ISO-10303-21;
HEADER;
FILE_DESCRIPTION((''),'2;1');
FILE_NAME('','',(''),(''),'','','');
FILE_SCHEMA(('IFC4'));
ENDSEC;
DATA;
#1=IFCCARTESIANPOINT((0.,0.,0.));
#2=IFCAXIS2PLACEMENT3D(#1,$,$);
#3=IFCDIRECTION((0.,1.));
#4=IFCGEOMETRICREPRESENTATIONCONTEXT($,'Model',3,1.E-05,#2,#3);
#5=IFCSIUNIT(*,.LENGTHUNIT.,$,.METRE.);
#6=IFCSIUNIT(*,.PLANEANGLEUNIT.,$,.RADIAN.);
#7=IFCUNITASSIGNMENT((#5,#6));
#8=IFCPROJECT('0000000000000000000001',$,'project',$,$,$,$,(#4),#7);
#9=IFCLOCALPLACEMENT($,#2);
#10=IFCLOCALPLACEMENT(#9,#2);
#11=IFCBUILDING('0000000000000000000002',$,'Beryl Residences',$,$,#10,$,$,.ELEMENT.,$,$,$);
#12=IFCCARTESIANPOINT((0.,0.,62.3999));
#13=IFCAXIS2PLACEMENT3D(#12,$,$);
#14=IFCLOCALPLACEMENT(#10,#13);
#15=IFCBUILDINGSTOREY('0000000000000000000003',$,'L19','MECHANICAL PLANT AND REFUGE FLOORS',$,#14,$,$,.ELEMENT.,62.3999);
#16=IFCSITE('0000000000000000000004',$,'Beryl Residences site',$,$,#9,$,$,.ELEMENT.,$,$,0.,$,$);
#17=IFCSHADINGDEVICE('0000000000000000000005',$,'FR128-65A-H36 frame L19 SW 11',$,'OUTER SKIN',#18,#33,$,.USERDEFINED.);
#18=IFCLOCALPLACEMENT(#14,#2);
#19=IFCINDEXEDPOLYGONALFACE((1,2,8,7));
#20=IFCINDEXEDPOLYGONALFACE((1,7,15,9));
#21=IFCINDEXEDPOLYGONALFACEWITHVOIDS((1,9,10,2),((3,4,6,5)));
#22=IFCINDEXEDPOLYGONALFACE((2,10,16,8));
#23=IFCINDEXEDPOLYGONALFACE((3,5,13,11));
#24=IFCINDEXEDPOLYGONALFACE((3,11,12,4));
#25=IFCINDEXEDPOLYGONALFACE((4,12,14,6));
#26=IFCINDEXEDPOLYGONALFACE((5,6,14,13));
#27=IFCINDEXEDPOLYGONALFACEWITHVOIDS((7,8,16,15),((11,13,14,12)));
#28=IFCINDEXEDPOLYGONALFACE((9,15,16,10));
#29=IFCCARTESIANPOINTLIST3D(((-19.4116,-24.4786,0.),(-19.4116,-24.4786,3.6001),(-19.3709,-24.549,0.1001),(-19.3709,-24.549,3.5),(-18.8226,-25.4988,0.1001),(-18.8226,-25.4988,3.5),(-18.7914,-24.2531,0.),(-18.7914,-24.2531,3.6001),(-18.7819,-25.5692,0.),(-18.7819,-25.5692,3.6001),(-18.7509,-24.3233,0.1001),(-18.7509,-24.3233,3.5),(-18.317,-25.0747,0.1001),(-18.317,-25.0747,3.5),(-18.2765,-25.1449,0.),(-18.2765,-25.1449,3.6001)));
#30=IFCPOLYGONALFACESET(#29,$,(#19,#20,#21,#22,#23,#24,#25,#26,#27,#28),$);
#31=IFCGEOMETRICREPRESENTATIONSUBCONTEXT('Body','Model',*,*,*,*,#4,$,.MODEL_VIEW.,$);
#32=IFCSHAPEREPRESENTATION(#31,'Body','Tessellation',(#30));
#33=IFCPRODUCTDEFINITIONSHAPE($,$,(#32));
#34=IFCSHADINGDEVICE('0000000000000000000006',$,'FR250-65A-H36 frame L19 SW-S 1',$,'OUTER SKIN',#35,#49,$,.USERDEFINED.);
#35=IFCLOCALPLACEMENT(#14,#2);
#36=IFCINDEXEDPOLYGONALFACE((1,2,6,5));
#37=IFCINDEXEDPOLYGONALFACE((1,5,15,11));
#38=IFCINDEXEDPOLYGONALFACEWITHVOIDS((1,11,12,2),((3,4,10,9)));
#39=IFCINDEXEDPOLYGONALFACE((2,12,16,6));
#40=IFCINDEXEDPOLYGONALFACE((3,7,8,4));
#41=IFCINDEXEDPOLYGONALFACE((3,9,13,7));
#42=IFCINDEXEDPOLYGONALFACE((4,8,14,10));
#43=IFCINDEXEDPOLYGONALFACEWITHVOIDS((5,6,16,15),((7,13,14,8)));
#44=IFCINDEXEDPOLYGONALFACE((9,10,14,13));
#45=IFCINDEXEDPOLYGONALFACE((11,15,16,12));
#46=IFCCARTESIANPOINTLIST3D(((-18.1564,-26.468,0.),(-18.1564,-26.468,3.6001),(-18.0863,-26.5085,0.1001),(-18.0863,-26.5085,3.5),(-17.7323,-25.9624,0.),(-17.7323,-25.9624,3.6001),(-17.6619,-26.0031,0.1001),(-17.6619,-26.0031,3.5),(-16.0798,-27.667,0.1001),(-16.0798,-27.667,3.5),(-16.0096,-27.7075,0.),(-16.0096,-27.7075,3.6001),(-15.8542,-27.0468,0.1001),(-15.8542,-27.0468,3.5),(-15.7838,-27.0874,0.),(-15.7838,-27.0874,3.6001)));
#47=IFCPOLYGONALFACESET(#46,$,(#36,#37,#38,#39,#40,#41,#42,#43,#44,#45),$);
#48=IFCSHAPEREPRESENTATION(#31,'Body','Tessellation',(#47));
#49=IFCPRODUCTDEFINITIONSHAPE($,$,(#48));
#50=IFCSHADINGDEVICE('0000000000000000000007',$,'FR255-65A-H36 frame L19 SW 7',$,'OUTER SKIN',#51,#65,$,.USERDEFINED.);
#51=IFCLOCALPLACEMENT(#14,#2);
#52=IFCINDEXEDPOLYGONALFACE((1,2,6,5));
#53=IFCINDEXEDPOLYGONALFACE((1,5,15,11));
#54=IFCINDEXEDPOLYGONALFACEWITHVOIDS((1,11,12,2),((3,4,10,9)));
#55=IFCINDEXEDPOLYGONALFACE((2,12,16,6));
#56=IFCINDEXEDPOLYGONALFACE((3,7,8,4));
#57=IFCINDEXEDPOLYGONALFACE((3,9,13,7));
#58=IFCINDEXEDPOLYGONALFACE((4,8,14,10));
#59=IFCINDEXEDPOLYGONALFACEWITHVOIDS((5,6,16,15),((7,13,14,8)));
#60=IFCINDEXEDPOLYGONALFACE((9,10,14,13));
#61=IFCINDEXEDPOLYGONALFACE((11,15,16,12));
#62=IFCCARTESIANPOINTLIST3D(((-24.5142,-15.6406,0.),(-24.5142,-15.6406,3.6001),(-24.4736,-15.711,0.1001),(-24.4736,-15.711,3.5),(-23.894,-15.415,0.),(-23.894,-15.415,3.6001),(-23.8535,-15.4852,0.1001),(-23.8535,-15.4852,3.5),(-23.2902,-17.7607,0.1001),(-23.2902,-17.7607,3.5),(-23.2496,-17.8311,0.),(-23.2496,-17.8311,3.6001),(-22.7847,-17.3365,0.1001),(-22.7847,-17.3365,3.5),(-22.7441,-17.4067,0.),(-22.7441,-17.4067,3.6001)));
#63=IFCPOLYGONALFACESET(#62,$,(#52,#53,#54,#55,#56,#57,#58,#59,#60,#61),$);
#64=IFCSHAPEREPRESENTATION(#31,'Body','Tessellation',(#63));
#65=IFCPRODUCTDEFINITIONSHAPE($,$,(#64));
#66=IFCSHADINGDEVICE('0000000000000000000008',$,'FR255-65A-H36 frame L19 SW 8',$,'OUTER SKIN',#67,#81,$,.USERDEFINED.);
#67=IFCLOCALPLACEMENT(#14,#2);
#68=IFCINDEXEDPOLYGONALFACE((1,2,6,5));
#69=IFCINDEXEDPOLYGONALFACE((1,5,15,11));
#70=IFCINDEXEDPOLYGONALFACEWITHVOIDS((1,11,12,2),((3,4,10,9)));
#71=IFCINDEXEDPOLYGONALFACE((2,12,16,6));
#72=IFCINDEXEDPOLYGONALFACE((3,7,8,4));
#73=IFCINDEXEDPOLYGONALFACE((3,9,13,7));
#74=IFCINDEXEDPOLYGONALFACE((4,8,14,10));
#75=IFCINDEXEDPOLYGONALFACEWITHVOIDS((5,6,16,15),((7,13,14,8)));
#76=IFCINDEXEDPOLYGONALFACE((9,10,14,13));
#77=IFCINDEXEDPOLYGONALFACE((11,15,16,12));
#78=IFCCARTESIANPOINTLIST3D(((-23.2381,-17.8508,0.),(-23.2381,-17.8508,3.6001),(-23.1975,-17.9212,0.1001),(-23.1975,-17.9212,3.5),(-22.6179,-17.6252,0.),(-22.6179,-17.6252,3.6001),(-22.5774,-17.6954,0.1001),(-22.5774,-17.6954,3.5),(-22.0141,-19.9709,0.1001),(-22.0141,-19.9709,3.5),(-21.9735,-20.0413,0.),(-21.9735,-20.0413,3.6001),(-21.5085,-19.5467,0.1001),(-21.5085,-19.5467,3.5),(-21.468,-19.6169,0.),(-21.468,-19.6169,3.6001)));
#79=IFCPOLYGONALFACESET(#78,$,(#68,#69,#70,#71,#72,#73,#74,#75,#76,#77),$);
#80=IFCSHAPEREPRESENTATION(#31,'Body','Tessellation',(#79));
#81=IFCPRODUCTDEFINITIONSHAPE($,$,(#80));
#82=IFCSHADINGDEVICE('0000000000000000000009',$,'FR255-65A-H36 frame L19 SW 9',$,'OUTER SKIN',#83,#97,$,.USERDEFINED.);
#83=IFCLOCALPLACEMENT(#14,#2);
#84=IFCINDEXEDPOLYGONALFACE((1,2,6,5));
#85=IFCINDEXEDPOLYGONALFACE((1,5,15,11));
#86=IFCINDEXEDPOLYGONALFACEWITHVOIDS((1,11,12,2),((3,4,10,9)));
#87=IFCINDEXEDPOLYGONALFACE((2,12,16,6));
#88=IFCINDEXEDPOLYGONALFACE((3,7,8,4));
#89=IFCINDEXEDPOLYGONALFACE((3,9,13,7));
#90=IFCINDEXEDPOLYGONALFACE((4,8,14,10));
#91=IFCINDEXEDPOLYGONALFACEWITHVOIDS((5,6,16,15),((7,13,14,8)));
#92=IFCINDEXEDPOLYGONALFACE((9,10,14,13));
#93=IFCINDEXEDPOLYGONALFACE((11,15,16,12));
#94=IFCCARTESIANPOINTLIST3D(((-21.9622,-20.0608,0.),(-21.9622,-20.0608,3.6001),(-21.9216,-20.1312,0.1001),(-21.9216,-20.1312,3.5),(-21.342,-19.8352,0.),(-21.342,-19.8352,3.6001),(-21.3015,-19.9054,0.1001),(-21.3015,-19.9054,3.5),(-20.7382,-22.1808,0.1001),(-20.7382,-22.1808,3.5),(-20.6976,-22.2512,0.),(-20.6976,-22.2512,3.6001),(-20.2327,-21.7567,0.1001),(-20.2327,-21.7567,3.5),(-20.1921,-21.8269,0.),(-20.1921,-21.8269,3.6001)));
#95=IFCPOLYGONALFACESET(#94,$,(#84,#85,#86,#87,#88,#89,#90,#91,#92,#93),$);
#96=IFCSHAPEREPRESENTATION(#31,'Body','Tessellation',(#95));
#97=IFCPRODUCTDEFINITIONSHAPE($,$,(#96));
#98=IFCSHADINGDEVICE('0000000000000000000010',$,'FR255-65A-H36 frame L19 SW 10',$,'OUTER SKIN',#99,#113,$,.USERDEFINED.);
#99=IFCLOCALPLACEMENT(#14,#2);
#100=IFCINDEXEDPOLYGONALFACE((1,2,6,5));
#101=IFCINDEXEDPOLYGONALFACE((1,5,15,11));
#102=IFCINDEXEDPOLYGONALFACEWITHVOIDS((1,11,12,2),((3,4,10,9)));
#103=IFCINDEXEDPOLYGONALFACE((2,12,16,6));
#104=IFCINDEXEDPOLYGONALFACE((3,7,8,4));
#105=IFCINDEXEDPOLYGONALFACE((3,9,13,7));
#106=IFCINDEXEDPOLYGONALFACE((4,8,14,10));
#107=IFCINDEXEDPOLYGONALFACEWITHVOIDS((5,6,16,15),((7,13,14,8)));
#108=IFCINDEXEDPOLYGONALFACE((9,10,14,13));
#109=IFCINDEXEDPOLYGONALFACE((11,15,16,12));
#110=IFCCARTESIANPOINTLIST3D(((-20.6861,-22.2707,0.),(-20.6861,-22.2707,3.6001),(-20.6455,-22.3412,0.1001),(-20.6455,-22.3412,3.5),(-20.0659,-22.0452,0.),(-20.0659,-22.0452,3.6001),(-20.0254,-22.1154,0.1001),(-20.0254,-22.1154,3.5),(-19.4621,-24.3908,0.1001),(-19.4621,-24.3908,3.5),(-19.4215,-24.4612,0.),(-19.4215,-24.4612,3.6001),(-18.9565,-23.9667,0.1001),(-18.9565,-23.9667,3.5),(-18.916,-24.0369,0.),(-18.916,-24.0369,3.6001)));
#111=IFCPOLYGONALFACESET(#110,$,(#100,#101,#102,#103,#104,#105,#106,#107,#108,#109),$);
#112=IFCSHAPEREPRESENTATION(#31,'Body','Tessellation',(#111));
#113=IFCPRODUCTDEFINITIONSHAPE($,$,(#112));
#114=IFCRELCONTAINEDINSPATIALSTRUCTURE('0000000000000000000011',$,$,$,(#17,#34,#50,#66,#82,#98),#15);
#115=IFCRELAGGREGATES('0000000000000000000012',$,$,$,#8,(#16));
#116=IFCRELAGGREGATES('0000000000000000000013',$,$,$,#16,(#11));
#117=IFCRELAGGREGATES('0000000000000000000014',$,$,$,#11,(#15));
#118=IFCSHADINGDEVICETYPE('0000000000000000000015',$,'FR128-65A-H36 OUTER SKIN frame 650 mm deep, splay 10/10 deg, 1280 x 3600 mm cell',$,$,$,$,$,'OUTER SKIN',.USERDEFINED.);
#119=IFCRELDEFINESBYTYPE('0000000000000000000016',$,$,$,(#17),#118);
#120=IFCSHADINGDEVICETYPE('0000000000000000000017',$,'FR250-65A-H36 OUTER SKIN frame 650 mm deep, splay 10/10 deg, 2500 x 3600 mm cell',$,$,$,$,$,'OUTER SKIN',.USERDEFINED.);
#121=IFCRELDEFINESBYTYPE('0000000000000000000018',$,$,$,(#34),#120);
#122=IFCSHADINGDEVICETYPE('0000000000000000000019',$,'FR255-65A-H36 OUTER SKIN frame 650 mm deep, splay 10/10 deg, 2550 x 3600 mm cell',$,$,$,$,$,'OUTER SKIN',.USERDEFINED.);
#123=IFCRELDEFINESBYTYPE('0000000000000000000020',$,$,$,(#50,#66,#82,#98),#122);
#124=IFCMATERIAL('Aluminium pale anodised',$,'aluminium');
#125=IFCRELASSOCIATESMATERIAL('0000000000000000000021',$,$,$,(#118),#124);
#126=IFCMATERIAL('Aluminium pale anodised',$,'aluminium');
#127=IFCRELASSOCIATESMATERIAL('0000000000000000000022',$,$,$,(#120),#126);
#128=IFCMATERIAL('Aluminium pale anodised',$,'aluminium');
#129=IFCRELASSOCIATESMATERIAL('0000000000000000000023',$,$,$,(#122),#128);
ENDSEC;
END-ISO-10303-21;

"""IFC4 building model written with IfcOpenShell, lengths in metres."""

from ifc_helpers import new_model, entity, si_unit, direction, frame, origin, place, context, subcontext, project, spatial, source, transform, mapped, material, type_object, type_shapes, element, save


model = new_model("IFC4")

# Units and contexts
model_context = context("Model", 3, precision=1e-05, world=origin(), true_north=direction((0.0, 1.0)))
body_context = subcontext(model_context, "Body", "Model", "MODEL_VIEW")
ifc_project = project(units=[si_unit("LENGTHUNIT", "METRE"), si_unit("PLANEANGLEUNIT", "RADIAN")], contexts=[model_context])

# Site, building, storey
site_placement = place(None, origin())
site = spatial("IfcSite", under=ifc_project, at=site_placement, Name="Beryl Residences site", CompositionType="ELEMENT", RefElevation=0.0)
building_placement = place(site_placement, origin())
building = spatial("IfcBuilding", under=site, at=building_placement, Name="Beryl Residences", CompositionType="ELEMENT")
storey_placement = place(building_placement, frame((0.0, 0.0, 62.3999)))
storey = spatial("IfcBuildingStorey", under=building, at=storey_placement, Name="L19", Description="MECHANICAL PLANT AND REFUGE FLOORS", CompositionType="ELEMENT", Elevation=62.3999)

# Shading devices
ifc_material_1 = material(Name="Aluminium pale anodised", Category="aluminium")
shading_device_type_1 = type_object("IfcShadingDeviceType", Name="FR128-65A-H36 OUTER SKIN frame 650 mm deep, splay 10/10 deg, 1280 x 3600 mm cell", ElementType="OUTER SKIN", PredefinedType="USERDEFINED", material=ifc_material_1)
cartesian_point_1 = entity("IfcCartesianPoint", [-0.5149, 0.0])
cartesian_point_2 = entity("IfcCartesianPoint", [-0.4338, 0.1001])
cartesian_point_3 = entity("IfcCartesianPoint", [-0.6296, 0.0])
cartesian_point_4 = entity("IfcCartesianPoint", [-0.5483, 0.1001])
shared_shape_1 = source(origin(), body_context, "Body", "SweptSolid", [
    entity("IfcExtrudedAreaSolidTapered", entity("IfcArbitraryProfileDefWithVoids", "AREA", None, entity("IfcPolyline", [cartesian_point_1, entity("IfcCartesianPoint", [0.5149, 0.0]), entity("IfcCartesianPoint", [0.5149, 3.6001]), entity("IfcCartesianPoint", [-0.5149, 3.6001]), cartesian_point_1]), [entity("IfcPolyline", [cartesian_point_2, entity("IfcCartesianPoint", [0.4338, 0.1001]), entity("IfcCartesianPoint", [0.4338, 3.5]), entity("IfcCartesianPoint", [-0.4338, 3.5]), cartesian_point_2])]), entity("IfcAxis2Placement3D", entity("IfcCartesianPoint", [0.0, 0.0, 0.0]), entity("IfcDirection", [0.0, 1.0, 0.0]), entity("IfcDirection", [-1.0, 0.0, 0.0])), entity("IfcDirection", [0.0, 0.0, 1.0]), 0.6499, entity("IfcArbitraryProfileDefWithVoids", "AREA", None, entity("IfcPolyline", [cartesian_point_3, entity("IfcCartesianPoint", [0.6296, 0.0]), entity("IfcCartesianPoint", [0.6296, 3.6001]), entity("IfcCartesianPoint", [-0.6296, 3.6001]), cartesian_point_3]), [entity("IfcPolyline", [cartesian_point_4, entity("IfcCartesianPoint", [0.5483, 0.1001]), entity("IfcCartesianPoint", [0.5483, 3.5]), entity("IfcCartesianPoint", [-0.5483, 3.5]), cartesian_point_4])])),
])
type_shapes(shading_device_type_1, [shared_shape_1])
shading_device_1_placement = place(storey_placement, frame((-18.5339, -24.699, 0.0), z_axis=(0.0, 0.0, 1.0), x_axis=(-0.5, 0.866025, 0.0)))
element("IfcShadingDevice", 1, at=shading_device_1_placement, inside=storey, type_object=shading_device_type_1, Name="FR128-65A-H36 frame L19 SW 11", ObjectType="OUTER SKIN", PredefinedType="USERDEFINED", context=body_context, shape_type="MappedRepresentation", body=[
    mapped(shared_shape_1, transform((0.0, 0.0, 0.0))),
])
ifc_material_2 = material(Name="Aluminium pale anodised", Category="aluminium")
shading_device_type_2 = type_object("IfcShadingDeviceType", Name="FR250-65A-H36 OUTER SKIN frame 650 mm deep, splay 10/10 deg, 2500 x 3600 mm cell", ElementType="OUTER SKIN", PredefinedType="USERDEFINED", material=ifc_material_2)
cartesian_point_5 = entity("IfcCartesianPoint", [-1.125, 0.0])
cartesian_point_6 = entity("IfcCartesianPoint", [-1.0437, 0.1001])
cartesian_point_7 = entity("IfcCartesianPoint", [-1.2395, 0.0])
cartesian_point_8 = entity("IfcCartesianPoint", [-1.1584, 0.1001])
shared_shape_2 = source(origin(), body_context, "Body", "SweptSolid", [
    entity("IfcExtrudedAreaSolidTapered", entity("IfcArbitraryProfileDefWithVoids", "AREA", None, entity("IfcPolyline", [cartesian_point_5, entity("IfcCartesianPoint", [1.125, 0.0]), entity("IfcCartesianPoint", [1.125, 3.6001]), entity("IfcCartesianPoint", [-1.125, 3.6001]), cartesian_point_5]), [entity("IfcPolyline", [cartesian_point_6, entity("IfcCartesianPoint", [1.0437, 0.1001]), entity("IfcCartesianPoint", [1.0437, 3.5]), entity("IfcCartesianPoint", [-1.0437, 3.5]), cartesian_point_6])]), entity("IfcAxis2Placement3D", entity("IfcCartesianPoint", [0.0, 0.0, 0.0]), entity("IfcDirection", [0.0, 1.0, 0.0]), entity("IfcDirection", [-1.0, 0.0, 0.0])), entity("IfcDirection", [0.0, 0.0, 1.0]), 0.6499, entity("IfcArbitraryProfileDefWithVoids", "AREA", None, entity("IfcPolyline", [cartesian_point_7, entity("IfcCartesianPoint", [1.2395, 0.0]), entity("IfcCartesianPoint", [1.2395, 3.6001]), entity("IfcCartesianPoint", [-1.2395, 3.6001]), cartesian_point_7]), [entity("IfcPolyline", [cartesian_point_8, entity("IfcCartesianPoint", [1.1584, 0.1001]), entity("IfcCartesianPoint", [1.1584, 3.5]), entity("IfcCartesianPoint", [-1.1584, 3.5]), cartesian_point_8])])),
])
type_shapes(shading_device_type_2, [shared_shape_2])
shading_device_2_placement = place(storey_placement, frame((-16.7581, -26.5249, 0.0), z_axis=(0.0, 0.0, 1.0), x_axis=(-0.866025, 0.5, 0.0)))
element("IfcShadingDevice", 2, at=shading_device_2_placement, inside=storey, type_object=shading_device_type_2, Name="FR250-65A-H36 frame L19 SW-S 1", ObjectType="OUTER SKIN", PredefinedType="USERDEFINED", context=body_context, shape_type="MappedRepresentation", body=[
    mapped(shared_shape_2, transform((0.0, 0.0, 0.0))),
])
ifc_material_3 = material(Name="Aluminium pale anodised", Category="aluminium")
shading_device_type_3 = type_object("IfcShadingDeviceType", Name="FR255-65A-H36 OUTER SKIN frame 650 mm deep, splay 10/10 deg, 2550 x 3600 mm cell", ElementType="OUTER SKIN", PredefinedType="USERDEFINED", material=ifc_material_3)
cartesian_point_9 = entity("IfcCartesianPoint", [-1.1499, 0.0])
cartesian_point_10 = entity("IfcCartesianPoint", [-1.0688, 0.1001])
cartesian_point_11 = entity("IfcCartesianPoint", [-1.2646, 0.0])
cartesian_point_12 = entity("IfcCartesianPoint", [-1.1833, 0.1001])
shared_shape_3 = source(origin(), body_context, "Body", "SweptSolid", [
    entity("IfcExtrudedAreaSolidTapered", entity("IfcArbitraryProfileDefWithVoids", "AREA", None, entity("IfcPolyline", [cartesian_point_9, entity("IfcCartesianPoint", [1.1499, 0.0]), entity("IfcCartesianPoint", [1.1499, 3.6001]), entity("IfcCartesianPoint", [-1.1499, 3.6001]), cartesian_point_9]), [entity("IfcPolyline", [cartesian_point_10, entity("IfcCartesianPoint", [1.0688, 0.1001]), entity("IfcCartesianPoint", [1.0688, 3.5]), entity("IfcCartesianPoint", [-1.0688, 3.5]), cartesian_point_10])]), entity("IfcAxis2Placement3D", entity("IfcCartesianPoint", [0.0, 0.0, 0.0]), entity("IfcDirection", [0.0, 1.0, 0.0]), entity("IfcDirection", [-1.0, 0.0, 0.0])), entity("IfcDirection", [0.0, 0.0, 1.0]), 0.6499, entity("IfcArbitraryProfileDefWithVoids", "AREA", None, entity("IfcPolyline", [cartesian_point_11, entity("IfcCartesianPoint", [1.2646, 0.0]), entity("IfcCartesianPoint", [1.2646, 3.6001]), entity("IfcCartesianPoint", [-1.2646, 3.6001]), cartesian_point_11]), [entity("IfcPolyline", [cartesian_point_12, entity("IfcCartesianPoint", [1.1833, 0.1001]), entity("IfcCartesianPoint", [1.1833, 3.5]), entity("IfcCartesianPoint", [-1.1833, 3.5]), cartesian_point_12])])),
])
type_shapes(shading_device_type_3, [shared_shape_3])
for number, where, z_axis, x_axis, name in (
    (3, (-23.3191, -16.4109, 0.0), (0.0, 0.0, 1.0), (-0.5, 0.866025, 0.0), "FR255-65A-H36 frame L19 SW 7"),
    (4, (-22.043, -18.6211, 0.0), (0.0, 0.0, 1.0), (-0.5, 0.866025, 0.0), "FR255-65A-H36 frame L19 SW 8"),
    (5, (-20.7671, -20.8311, 0.0), (0.0, 0.0, 1.0), (-0.5, 0.866025, 0.0), "FR255-65A-H36 frame L19 SW 9"),
    (6, (-19.491, -23.041, 0.0), (0.0, 0.0, 1.0), (-0.5, 0.866025, 0.0), "FR255-65A-H36 frame L19 SW 10"),
):
    element("IfcShadingDevice", number, at=place(storey_placement, frame(where, z_axis=z_axis, x_axis=x_axis)), inside=storey, type_object=shading_device_type_3, Name=name, ObjectType="OUTER SKIN", PredefinedType="USERDEFINED", context=body_context, shape_type="MappedRepresentation", body=[
        mapped(shared_shape_3, transform((0.0, 0.0, 0.0))),
    ])

save(model, "model.ifc")
